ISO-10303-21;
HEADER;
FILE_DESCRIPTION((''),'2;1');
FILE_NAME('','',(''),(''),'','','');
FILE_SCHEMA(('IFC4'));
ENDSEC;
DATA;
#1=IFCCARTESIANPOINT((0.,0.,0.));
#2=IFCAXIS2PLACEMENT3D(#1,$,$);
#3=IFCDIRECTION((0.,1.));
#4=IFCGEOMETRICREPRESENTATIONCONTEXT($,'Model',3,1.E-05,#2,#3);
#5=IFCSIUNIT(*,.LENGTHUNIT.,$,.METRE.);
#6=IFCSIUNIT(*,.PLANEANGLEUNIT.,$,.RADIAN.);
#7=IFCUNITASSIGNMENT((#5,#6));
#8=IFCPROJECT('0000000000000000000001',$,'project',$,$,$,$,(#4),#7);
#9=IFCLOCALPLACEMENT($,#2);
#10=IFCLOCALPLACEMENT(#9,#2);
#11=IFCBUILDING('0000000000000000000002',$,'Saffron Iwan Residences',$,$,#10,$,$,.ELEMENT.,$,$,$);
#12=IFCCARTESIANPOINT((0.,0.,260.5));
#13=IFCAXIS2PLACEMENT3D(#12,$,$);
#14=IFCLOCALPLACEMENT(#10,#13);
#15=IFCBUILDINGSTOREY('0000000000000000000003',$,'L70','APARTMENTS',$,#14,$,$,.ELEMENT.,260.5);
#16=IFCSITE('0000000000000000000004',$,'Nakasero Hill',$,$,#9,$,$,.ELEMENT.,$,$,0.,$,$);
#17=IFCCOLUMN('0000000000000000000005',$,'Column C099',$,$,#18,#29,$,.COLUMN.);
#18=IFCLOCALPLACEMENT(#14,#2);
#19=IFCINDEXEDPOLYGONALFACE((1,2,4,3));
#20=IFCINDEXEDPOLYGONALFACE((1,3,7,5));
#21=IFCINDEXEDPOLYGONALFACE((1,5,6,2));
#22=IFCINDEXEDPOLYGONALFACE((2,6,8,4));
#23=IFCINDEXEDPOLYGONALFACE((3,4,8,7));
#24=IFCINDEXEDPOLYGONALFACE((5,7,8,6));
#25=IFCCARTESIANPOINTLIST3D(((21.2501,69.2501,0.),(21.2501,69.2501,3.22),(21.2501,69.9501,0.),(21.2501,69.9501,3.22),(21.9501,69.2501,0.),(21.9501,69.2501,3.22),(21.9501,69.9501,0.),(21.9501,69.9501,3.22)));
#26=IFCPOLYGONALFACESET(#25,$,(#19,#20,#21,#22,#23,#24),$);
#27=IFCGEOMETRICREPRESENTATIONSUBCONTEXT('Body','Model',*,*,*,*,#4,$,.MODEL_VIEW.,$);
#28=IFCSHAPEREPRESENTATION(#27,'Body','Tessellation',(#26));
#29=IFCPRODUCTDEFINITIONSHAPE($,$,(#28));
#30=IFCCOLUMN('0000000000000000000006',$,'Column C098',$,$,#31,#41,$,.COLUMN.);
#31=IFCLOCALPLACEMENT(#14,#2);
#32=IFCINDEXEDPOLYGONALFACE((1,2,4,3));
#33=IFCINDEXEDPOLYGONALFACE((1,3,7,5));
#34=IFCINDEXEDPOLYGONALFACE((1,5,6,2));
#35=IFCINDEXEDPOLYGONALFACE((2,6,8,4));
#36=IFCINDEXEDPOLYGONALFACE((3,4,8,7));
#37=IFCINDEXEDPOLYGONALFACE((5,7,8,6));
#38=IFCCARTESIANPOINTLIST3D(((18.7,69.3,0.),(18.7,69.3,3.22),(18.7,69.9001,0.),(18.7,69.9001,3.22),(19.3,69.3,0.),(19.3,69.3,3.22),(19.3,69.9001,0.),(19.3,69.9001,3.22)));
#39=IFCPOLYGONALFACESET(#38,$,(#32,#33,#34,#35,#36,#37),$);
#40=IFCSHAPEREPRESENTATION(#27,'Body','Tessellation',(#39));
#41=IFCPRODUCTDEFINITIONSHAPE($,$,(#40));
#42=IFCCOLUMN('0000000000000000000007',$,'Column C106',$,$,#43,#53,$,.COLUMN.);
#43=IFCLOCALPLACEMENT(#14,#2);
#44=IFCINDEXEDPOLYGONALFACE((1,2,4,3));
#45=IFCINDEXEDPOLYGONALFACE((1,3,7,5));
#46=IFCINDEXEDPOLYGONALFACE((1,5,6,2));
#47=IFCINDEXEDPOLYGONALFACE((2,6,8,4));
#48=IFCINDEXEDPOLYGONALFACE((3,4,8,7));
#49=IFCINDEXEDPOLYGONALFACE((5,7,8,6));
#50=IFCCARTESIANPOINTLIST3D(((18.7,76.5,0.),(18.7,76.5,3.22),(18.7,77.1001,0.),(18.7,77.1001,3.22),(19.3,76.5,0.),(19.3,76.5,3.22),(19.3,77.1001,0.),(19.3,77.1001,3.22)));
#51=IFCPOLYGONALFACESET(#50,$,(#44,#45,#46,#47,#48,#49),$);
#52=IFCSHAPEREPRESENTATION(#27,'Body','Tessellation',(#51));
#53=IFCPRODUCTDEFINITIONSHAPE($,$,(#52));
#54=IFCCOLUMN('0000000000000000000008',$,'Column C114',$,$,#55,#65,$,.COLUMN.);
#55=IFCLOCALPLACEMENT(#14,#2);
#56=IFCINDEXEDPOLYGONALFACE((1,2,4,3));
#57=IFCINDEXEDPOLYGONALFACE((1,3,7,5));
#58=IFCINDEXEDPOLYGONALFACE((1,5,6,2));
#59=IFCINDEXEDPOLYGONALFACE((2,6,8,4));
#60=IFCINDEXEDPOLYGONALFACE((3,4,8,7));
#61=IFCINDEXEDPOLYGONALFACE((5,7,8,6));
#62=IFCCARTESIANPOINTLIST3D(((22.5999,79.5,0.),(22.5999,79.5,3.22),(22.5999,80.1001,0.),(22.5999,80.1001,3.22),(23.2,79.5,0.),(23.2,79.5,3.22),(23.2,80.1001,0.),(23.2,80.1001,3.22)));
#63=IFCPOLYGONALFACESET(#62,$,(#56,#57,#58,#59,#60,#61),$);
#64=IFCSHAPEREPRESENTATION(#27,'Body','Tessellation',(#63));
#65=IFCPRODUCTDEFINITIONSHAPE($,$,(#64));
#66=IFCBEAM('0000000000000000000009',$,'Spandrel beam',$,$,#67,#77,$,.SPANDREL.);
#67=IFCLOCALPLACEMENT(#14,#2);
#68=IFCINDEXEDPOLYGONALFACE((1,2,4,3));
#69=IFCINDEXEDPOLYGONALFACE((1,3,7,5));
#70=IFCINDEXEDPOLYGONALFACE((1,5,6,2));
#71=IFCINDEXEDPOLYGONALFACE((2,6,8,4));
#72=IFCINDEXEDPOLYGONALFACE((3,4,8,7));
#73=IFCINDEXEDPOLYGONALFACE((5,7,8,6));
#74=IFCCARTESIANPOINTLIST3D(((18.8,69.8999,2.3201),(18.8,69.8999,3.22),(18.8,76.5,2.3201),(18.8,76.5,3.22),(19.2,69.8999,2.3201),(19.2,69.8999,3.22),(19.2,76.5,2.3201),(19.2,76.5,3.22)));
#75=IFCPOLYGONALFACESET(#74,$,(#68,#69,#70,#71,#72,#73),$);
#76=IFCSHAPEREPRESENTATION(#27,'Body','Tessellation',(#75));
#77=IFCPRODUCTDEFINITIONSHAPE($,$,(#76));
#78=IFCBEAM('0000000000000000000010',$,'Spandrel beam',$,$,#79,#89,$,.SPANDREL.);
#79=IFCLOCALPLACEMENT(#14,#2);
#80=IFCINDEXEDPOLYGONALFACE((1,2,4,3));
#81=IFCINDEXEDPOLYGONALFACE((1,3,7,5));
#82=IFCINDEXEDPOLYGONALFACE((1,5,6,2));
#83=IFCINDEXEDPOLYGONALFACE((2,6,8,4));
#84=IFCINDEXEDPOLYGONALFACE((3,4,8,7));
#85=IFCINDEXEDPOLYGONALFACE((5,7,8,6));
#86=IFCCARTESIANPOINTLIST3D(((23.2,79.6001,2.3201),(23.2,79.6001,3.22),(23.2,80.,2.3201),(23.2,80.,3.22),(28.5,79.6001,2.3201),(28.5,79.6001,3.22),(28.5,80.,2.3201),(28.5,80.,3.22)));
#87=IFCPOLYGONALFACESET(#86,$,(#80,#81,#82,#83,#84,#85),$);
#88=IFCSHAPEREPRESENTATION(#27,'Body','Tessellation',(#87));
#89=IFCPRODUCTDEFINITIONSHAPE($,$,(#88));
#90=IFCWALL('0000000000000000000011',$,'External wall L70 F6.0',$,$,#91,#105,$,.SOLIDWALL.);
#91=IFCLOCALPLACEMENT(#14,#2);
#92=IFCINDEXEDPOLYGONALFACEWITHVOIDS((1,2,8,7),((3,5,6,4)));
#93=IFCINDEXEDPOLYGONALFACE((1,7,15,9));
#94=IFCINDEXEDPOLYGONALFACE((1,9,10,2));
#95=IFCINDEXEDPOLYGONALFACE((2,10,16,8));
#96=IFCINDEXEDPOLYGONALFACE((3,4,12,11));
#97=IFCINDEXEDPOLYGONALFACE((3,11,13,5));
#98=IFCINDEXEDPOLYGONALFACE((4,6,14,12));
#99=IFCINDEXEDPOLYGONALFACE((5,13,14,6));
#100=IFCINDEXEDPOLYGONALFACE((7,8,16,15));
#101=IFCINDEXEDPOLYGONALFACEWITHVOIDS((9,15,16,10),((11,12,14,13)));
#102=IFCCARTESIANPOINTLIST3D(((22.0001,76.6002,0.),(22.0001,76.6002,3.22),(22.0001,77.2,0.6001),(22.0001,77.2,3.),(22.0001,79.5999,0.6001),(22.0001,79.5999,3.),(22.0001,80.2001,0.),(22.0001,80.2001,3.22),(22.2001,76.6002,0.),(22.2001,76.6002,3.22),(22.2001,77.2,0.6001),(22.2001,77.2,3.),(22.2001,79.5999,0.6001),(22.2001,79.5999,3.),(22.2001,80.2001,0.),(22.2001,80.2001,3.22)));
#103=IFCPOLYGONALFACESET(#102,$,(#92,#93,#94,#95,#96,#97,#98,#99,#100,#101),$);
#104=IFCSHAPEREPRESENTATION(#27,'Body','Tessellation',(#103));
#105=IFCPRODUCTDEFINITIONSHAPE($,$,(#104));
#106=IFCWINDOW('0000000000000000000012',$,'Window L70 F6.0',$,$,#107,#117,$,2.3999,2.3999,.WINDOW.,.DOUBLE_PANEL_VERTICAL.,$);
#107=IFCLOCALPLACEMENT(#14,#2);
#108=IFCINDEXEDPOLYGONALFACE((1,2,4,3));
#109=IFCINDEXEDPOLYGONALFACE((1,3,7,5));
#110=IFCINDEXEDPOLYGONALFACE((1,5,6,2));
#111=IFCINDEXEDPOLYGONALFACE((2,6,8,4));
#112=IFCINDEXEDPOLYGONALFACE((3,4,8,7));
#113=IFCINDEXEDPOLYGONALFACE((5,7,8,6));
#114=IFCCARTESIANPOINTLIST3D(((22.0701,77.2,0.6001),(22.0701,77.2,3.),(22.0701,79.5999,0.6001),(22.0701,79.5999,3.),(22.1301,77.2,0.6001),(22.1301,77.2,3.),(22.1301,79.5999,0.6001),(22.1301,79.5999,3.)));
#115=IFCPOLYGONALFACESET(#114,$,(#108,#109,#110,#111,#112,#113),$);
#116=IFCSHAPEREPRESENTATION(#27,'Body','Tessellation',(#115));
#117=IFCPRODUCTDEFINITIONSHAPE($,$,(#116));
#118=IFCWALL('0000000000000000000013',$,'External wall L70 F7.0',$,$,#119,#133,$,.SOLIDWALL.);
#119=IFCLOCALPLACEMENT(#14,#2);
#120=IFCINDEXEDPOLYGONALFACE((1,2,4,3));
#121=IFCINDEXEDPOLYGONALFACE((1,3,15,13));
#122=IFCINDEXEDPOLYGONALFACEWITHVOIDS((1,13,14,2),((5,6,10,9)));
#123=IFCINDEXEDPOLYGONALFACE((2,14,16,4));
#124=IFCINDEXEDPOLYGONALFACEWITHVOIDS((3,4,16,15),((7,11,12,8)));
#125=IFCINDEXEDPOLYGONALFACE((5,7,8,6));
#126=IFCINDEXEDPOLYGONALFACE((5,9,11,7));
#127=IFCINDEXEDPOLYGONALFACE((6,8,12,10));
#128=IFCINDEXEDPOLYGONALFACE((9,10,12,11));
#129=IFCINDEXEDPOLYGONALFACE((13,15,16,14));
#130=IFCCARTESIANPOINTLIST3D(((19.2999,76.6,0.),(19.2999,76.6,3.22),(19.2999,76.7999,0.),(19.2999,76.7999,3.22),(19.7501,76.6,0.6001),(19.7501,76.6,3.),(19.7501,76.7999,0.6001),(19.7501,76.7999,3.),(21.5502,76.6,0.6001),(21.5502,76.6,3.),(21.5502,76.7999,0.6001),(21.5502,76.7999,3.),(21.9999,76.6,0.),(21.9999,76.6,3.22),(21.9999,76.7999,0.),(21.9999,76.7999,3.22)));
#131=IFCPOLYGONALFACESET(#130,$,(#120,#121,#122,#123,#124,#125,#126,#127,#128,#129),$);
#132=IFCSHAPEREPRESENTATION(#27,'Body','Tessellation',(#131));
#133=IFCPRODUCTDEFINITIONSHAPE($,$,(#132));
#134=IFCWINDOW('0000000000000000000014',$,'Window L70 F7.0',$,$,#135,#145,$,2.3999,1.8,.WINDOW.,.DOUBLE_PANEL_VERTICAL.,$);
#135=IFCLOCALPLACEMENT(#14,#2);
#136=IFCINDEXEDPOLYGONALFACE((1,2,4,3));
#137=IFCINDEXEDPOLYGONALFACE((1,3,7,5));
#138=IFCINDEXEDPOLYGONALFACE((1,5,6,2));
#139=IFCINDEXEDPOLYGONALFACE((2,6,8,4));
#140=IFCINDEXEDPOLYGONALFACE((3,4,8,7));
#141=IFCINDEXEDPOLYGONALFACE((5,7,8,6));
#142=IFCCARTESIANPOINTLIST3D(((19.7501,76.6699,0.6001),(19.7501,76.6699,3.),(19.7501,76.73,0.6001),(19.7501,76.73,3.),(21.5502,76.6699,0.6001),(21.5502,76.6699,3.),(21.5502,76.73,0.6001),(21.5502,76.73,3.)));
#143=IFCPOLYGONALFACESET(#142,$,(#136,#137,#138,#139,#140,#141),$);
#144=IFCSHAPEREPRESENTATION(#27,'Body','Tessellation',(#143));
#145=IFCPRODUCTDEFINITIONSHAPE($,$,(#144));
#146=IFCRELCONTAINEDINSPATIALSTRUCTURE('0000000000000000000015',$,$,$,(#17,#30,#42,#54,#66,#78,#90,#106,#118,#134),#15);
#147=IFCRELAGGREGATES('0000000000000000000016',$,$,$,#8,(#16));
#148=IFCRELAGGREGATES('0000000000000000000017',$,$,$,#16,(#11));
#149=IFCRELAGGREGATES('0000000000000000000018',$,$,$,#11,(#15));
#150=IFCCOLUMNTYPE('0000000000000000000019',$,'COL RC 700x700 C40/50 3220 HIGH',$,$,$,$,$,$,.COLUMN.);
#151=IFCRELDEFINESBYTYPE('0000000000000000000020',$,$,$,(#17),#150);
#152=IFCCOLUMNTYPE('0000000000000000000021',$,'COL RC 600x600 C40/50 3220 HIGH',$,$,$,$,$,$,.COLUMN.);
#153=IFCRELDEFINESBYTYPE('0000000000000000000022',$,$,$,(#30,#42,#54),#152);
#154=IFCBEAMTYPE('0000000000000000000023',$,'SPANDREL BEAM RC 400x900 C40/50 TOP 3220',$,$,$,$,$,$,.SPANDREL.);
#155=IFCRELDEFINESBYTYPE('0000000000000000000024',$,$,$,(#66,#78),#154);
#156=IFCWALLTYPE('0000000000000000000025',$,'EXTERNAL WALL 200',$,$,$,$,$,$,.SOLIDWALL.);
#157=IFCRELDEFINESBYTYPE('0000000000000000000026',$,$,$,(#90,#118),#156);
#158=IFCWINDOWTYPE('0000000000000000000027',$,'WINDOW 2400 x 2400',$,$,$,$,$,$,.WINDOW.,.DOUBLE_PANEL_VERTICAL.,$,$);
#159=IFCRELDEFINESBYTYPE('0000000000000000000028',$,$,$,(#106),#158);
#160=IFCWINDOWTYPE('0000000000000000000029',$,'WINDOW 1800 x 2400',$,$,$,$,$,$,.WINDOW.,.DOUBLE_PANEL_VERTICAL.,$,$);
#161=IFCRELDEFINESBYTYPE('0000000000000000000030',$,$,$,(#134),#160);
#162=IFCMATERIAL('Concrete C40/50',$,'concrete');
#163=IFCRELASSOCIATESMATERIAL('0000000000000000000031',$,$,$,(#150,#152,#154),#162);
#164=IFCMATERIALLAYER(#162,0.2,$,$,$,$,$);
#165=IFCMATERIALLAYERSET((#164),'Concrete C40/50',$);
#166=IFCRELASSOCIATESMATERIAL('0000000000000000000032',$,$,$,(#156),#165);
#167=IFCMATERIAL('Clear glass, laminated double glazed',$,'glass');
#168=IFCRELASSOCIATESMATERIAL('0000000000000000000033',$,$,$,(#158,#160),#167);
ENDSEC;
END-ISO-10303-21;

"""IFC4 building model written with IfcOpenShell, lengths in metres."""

from ifc_helpers import new_model, si_unit, direction, frame, frame_2d, origin, origin_2d, place, context, subcontext, project, spatial, rectangle, extrude, source, transform, mapped, material, layer, layer_set, material_profile, profile_set, type_object, element, fill, save


model = new_model("IFC4")

# Units and contexts
model_context = context("Model", 3, precision=1e-05, world=origin(), true_north=direction((0.0, 1.0)))
body_context = subcontext(model_context, "Body", "Model", "MODEL_VIEW")
ifc_project = project(units=[si_unit("LENGTHUNIT", "METRE"), si_unit("PLANEANGLEUNIT", "RADIAN")], contexts=[model_context])

# Site, building, storey
site_placement = place(None, origin())
site = spatial("IfcSite", under=ifc_project, at=site_placement, Name="Nakasero Hill", CompositionType="ELEMENT", RefElevation=0.0)
building_placement = place(site_placement, origin())
building = spatial("IfcBuilding", under=site, at=building_placement, Name="Saffron Iwan Residences", CompositionType="ELEMENT")
storey_placement = place(building_placement, frame((0.0, 0.0, 260.5)))
storey = spatial("IfcBuildingStorey", under=building, at=storey_placement, Name="L70", Description="APARTMENTS", CompositionType="ELEMENT", Elevation=260.5)

# Columns
ifc_material_1 = material(Name="Concrete C40/50", Category="concrete")
ifc_material_profile_1 = material_profile(ifc_material_1, rectangle(XDim=0.7, YDim=0.7, at=origin_2d()), Name="RC 700x700")
ifc_profile_set_1 = profile_set([ifc_material_profile_1], Name="Concrete C40/50")
column_type_1 = type_object("IfcColumnType", Name="COL RC 700x700 C40/50 3220 HIGH", PredefinedType="COLUMN", material=ifc_profile_set_1)
shared_shape_1 = source(origin(), body_context, "Body", "SweptSolid", [
    extrude(rectangle(XDim=0.7, YDim=0.7, at=origin_2d()), origin(), (0.0, 0.0, 1.0), 3.22),
])
column_placement = place(storey_placement, frame((21.6001, 69.6001, 0.0), z_axis=(0.0, 0.0, 1.0), x_axis=(1.0, 0.0, 0.0)))
element("IfcColumn", 1, at=column_placement, inside=storey, type_object=column_type_1, Name="Column C099", PredefinedType="COLUMN", context=body_context, shape_type="MappedRepresentation", body=[
    mapped(shared_shape_1, transform((0.0, 0.0, 0.0))),
])
ifc_material_profile_2 = material_profile(ifc_material_1, rectangle(XDim=0.6001, YDim=0.6001, at=origin_2d()), Name="RC 600x600")
ifc_profile_set_2 = profile_set([ifc_material_profile_2], Name="Concrete C40/50")
column_type_2 = type_object("IfcColumnType", Name="COL RC 600x600 C40/50 3220 HIGH", PredefinedType="COLUMN", material=ifc_profile_set_2)
shared_shape_2 = source(origin(), body_context, "Body", "SweptSolid", [
    extrude(rectangle(XDim=0.6001, YDim=0.6001, at=origin_2d()), origin(), (0.0, 0.0, 1.0), 3.22),
])
for number, where, z_axis, x_axis, name in (
    (2, (19.0, 69.6001, 0.0), (0.0, 0.0, 1.0), (1.0, 0.0, 0.0), "Column C098"),
    (3, (19.0, 76.8, 0.0), (0.0, 0.0, 1.0), (1.0, 0.0, 0.0), "Column C106"),
    (4, (22.8999, 79.8, 0.0), (0.0, 0.0, 1.0), (1.0, 0.0, 0.0), "Column C114"),
):
    element("IfcColumn", number, at=place(storey_placement, frame(where, z_axis=z_axis, x_axis=x_axis)), inside=storey, type_object=column_type_2, Name=name, PredefinedType="COLUMN", context=body_context, shape_type="MappedRepresentation", body=[
        mapped(shared_shape_2, transform((0.0, 0.0, 0.0))),
    ])

# Beams
ifc_material_profile_3 = material_profile(ifc_material_1, rectangle(XDim=0.3999, YDim=0.8999, at=origin_2d()), Name="RC 400x900")
ifc_profile_set_3 = profile_set([ifc_material_profile_3], Name="Concrete C40/50")
beam_type = type_object("IfcBeamType", Name="SPANDREL BEAM RC 400x900 C40/50 TOP 3220", PredefinedType="SPANDREL", material=ifc_profile_set_3)
shared_shape_3 = source(origin(), body_context, "Body", "SweptSolid", [
    extrude(rectangle(XDim=0.3999, YDim=0.8999, at=origin_2d()), origin(), (0.0, 0.0, 1.0), 6.6001),
])
beam_1_placement = place(storey_placement, frame((19.0, 69.8999, 2.77), z_axis=(0.0, 1.0, 0.0), x_axis=(-1.0, 0.0, 0.0)))
element("IfcBeam", 5, at=beam_1_placement, inside=storey, type_object=beam_type, Name="Spandrel beam", PredefinedType="SPANDREL", context=body_context, shape_type="MappedRepresentation", body=[
    mapped(shared_shape_3, transform((0.0, 0.0, 0.0))),
])
shared_shape_4 = source(origin(), body_context, "Body", "SweptSolid", [
    extrude(rectangle(XDim=0.3999, YDim=0.8999, at=origin_2d()), origin(), (0.0, 0.0, 1.0), 5.3),
])
beam_2_placement = place(storey_placement, frame((23.2, 79.8, 2.77), z_axis=(1.0, 0.0, 0.0), x_axis=(0.0, 1.0, 0.0)))
element("IfcBeam", 6, at=beam_2_placement, inside=storey, type_object=beam_type, Name="Spandrel beam", PredefinedType="SPANDREL", context=body_context, shape_type="MappedRepresentation", body=[
    mapped(shared_shape_4, transform((0.0, 0.0, 0.0))),
])

# Walls, openings, windows
ifc_layer_1 = layer(ifc_material_1, 0.2)
ifc_layer_set_1 = layer_set([ifc_layer_1], Name="Concrete C40/50")
wall_type_1 = type_object("IfcWallType", Name="EXTERNAL WALL 200", PredefinedType="SOLIDWALL", material=ifc_layer_set_1)
wall_1_placement = place(storey_placement, frame((22.1001, 80.2, 0.0), z_axis=(0.0, 0.0, 1.0), x_axis=(0.0, -1.0, 0.0)))
wall_1 = element("IfcWall", 7, at=wall_1_placement, inside=storey, type_object=wall_type_1, Name="External wall L70 F6.0", PredefinedType="SOLIDWALL", context=body_context, shape_type="SweptSolid", body=[
    extrude(rectangle(XDim=3.5999, YDim=0.2, at=frame_2d((1.7998, 0.0))), origin(), (0.0, 0.0, 1.0), 3.22),
])
opening_1_placement = place(wall_1_placement, frame((0.6001, 0.0, 0.6001)))
opening_1 = element("IfcOpeningElement", 8, at=opening_1_placement, cuts=wall_1, PredefinedType="OPENING", context=body_context, shape_type="SweptSolid", body=[
    extrude(rectangle(XDim=2.3999, YDim=2.3999, at=frame_2d((1.2, 1.2))), frame((0.0, 0.1099, 0.0), z_axis=(0.0, -1.0, 0.0), x_axis=(1.0, 0.0, 0.0)), (0.0, 0.0, 1.0), 0.22),
])
ifc_material_2 = material(Name="Clear glass, laminated double glazed", Category="glass")
window_type_1 = type_object("IfcWindowType", Name="WINDOW 2400 x 2400", PartitioningType="DOUBLE_PANEL_VERTICAL", PredefinedType="WINDOW", material=ifc_material_2)
window_1_placement = place(opening_1_placement, origin())
window_1 = element("IfcWindow", 9, at=window_1_placement, inside=storey, type_object=window_type_1, Name="Window L70 F6.0", OverallHeight=2.3999, OverallWidth=2.3999, PartitioningType="DOUBLE_PANEL_VERTICAL", PredefinedType="WINDOW", context=body_context, shape_type="SweptSolid", body=[
    extrude(rectangle(XDim=2.3999, YDim=2.3999, at=frame_2d((1.2, 1.2))), frame((0.0, 0.03, 0.0), z_axis=(0.0, -1.0, 0.0), x_axis=(1.0, 0.0, 0.0)), (0.0, 0.0, 1.0), 0.0601),
])
fill(opening_1, window_1)
wall_2_placement = place(storey_placement, frame((22.0, 76.7, 0.0), z_axis=(0.0, 0.0, 1.0), x_axis=(-1.0, 0.0, 0.0)))
wall_2 = element("IfcWall", 10, at=wall_2_placement, inside=storey, type_object=wall_type_1, Name="External wall L70 F7.0", PredefinedType="SOLIDWALL", context=body_context, shape_type="SweptSolid", body=[
    extrude(rectangle(XDim=2.7, YDim=0.2, at=frame_2d((1.3501, 0.0))), origin(), (0.0, 0.0, 1.0), 3.22),
])
opening_2_placement = place(wall_2_placement, frame((0.45, 0.0, 0.6001)))
opening_2 = element("IfcOpeningElement", 11, at=opening_2_placement, cuts=wall_2, PredefinedType="OPENING", context=body_context, shape_type="SweptSolid", body=[
    extrude(rectangle(XDim=1.8, YDim=2.3999, at=frame_2d((0.8999, 1.2))), frame((0.0, 0.1099, 0.0), z_axis=(0.0, -1.0, 0.0), x_axis=(1.0, 0.0, 0.0)), (0.0, 0.0, 1.0), 0.22),
])
window_type_2 = type_object("IfcWindowType", Name="WINDOW 1800 x 2400", PartitioningType="DOUBLE_PANEL_VERTICAL", PredefinedType="WINDOW", material=ifc_material_2)
window_2_placement = place(opening_2_placement, origin())
window_2 = element("IfcWindow", 12, at=window_2_placement, inside=storey, type_object=window_type_2, Name="Window L70 F7.0", OverallHeight=2.3999, OverallWidth=1.8, PartitioningType="DOUBLE_PANEL_VERTICAL", PredefinedType="WINDOW", context=body_context, shape_type="SweptSolid", body=[
    extrude(rectangle(XDim=1.8, YDim=2.3999, at=frame_2d((0.8999, 1.2))), frame((0.0, 0.03, 0.0), z_axis=(0.0, -1.0, 0.0), x_axis=(1.0, 0.0, 0.0)), (0.0, 0.0, 1.0), 0.0601),
])
fill(opening_2, window_2)

save(model, "model.ifc")
